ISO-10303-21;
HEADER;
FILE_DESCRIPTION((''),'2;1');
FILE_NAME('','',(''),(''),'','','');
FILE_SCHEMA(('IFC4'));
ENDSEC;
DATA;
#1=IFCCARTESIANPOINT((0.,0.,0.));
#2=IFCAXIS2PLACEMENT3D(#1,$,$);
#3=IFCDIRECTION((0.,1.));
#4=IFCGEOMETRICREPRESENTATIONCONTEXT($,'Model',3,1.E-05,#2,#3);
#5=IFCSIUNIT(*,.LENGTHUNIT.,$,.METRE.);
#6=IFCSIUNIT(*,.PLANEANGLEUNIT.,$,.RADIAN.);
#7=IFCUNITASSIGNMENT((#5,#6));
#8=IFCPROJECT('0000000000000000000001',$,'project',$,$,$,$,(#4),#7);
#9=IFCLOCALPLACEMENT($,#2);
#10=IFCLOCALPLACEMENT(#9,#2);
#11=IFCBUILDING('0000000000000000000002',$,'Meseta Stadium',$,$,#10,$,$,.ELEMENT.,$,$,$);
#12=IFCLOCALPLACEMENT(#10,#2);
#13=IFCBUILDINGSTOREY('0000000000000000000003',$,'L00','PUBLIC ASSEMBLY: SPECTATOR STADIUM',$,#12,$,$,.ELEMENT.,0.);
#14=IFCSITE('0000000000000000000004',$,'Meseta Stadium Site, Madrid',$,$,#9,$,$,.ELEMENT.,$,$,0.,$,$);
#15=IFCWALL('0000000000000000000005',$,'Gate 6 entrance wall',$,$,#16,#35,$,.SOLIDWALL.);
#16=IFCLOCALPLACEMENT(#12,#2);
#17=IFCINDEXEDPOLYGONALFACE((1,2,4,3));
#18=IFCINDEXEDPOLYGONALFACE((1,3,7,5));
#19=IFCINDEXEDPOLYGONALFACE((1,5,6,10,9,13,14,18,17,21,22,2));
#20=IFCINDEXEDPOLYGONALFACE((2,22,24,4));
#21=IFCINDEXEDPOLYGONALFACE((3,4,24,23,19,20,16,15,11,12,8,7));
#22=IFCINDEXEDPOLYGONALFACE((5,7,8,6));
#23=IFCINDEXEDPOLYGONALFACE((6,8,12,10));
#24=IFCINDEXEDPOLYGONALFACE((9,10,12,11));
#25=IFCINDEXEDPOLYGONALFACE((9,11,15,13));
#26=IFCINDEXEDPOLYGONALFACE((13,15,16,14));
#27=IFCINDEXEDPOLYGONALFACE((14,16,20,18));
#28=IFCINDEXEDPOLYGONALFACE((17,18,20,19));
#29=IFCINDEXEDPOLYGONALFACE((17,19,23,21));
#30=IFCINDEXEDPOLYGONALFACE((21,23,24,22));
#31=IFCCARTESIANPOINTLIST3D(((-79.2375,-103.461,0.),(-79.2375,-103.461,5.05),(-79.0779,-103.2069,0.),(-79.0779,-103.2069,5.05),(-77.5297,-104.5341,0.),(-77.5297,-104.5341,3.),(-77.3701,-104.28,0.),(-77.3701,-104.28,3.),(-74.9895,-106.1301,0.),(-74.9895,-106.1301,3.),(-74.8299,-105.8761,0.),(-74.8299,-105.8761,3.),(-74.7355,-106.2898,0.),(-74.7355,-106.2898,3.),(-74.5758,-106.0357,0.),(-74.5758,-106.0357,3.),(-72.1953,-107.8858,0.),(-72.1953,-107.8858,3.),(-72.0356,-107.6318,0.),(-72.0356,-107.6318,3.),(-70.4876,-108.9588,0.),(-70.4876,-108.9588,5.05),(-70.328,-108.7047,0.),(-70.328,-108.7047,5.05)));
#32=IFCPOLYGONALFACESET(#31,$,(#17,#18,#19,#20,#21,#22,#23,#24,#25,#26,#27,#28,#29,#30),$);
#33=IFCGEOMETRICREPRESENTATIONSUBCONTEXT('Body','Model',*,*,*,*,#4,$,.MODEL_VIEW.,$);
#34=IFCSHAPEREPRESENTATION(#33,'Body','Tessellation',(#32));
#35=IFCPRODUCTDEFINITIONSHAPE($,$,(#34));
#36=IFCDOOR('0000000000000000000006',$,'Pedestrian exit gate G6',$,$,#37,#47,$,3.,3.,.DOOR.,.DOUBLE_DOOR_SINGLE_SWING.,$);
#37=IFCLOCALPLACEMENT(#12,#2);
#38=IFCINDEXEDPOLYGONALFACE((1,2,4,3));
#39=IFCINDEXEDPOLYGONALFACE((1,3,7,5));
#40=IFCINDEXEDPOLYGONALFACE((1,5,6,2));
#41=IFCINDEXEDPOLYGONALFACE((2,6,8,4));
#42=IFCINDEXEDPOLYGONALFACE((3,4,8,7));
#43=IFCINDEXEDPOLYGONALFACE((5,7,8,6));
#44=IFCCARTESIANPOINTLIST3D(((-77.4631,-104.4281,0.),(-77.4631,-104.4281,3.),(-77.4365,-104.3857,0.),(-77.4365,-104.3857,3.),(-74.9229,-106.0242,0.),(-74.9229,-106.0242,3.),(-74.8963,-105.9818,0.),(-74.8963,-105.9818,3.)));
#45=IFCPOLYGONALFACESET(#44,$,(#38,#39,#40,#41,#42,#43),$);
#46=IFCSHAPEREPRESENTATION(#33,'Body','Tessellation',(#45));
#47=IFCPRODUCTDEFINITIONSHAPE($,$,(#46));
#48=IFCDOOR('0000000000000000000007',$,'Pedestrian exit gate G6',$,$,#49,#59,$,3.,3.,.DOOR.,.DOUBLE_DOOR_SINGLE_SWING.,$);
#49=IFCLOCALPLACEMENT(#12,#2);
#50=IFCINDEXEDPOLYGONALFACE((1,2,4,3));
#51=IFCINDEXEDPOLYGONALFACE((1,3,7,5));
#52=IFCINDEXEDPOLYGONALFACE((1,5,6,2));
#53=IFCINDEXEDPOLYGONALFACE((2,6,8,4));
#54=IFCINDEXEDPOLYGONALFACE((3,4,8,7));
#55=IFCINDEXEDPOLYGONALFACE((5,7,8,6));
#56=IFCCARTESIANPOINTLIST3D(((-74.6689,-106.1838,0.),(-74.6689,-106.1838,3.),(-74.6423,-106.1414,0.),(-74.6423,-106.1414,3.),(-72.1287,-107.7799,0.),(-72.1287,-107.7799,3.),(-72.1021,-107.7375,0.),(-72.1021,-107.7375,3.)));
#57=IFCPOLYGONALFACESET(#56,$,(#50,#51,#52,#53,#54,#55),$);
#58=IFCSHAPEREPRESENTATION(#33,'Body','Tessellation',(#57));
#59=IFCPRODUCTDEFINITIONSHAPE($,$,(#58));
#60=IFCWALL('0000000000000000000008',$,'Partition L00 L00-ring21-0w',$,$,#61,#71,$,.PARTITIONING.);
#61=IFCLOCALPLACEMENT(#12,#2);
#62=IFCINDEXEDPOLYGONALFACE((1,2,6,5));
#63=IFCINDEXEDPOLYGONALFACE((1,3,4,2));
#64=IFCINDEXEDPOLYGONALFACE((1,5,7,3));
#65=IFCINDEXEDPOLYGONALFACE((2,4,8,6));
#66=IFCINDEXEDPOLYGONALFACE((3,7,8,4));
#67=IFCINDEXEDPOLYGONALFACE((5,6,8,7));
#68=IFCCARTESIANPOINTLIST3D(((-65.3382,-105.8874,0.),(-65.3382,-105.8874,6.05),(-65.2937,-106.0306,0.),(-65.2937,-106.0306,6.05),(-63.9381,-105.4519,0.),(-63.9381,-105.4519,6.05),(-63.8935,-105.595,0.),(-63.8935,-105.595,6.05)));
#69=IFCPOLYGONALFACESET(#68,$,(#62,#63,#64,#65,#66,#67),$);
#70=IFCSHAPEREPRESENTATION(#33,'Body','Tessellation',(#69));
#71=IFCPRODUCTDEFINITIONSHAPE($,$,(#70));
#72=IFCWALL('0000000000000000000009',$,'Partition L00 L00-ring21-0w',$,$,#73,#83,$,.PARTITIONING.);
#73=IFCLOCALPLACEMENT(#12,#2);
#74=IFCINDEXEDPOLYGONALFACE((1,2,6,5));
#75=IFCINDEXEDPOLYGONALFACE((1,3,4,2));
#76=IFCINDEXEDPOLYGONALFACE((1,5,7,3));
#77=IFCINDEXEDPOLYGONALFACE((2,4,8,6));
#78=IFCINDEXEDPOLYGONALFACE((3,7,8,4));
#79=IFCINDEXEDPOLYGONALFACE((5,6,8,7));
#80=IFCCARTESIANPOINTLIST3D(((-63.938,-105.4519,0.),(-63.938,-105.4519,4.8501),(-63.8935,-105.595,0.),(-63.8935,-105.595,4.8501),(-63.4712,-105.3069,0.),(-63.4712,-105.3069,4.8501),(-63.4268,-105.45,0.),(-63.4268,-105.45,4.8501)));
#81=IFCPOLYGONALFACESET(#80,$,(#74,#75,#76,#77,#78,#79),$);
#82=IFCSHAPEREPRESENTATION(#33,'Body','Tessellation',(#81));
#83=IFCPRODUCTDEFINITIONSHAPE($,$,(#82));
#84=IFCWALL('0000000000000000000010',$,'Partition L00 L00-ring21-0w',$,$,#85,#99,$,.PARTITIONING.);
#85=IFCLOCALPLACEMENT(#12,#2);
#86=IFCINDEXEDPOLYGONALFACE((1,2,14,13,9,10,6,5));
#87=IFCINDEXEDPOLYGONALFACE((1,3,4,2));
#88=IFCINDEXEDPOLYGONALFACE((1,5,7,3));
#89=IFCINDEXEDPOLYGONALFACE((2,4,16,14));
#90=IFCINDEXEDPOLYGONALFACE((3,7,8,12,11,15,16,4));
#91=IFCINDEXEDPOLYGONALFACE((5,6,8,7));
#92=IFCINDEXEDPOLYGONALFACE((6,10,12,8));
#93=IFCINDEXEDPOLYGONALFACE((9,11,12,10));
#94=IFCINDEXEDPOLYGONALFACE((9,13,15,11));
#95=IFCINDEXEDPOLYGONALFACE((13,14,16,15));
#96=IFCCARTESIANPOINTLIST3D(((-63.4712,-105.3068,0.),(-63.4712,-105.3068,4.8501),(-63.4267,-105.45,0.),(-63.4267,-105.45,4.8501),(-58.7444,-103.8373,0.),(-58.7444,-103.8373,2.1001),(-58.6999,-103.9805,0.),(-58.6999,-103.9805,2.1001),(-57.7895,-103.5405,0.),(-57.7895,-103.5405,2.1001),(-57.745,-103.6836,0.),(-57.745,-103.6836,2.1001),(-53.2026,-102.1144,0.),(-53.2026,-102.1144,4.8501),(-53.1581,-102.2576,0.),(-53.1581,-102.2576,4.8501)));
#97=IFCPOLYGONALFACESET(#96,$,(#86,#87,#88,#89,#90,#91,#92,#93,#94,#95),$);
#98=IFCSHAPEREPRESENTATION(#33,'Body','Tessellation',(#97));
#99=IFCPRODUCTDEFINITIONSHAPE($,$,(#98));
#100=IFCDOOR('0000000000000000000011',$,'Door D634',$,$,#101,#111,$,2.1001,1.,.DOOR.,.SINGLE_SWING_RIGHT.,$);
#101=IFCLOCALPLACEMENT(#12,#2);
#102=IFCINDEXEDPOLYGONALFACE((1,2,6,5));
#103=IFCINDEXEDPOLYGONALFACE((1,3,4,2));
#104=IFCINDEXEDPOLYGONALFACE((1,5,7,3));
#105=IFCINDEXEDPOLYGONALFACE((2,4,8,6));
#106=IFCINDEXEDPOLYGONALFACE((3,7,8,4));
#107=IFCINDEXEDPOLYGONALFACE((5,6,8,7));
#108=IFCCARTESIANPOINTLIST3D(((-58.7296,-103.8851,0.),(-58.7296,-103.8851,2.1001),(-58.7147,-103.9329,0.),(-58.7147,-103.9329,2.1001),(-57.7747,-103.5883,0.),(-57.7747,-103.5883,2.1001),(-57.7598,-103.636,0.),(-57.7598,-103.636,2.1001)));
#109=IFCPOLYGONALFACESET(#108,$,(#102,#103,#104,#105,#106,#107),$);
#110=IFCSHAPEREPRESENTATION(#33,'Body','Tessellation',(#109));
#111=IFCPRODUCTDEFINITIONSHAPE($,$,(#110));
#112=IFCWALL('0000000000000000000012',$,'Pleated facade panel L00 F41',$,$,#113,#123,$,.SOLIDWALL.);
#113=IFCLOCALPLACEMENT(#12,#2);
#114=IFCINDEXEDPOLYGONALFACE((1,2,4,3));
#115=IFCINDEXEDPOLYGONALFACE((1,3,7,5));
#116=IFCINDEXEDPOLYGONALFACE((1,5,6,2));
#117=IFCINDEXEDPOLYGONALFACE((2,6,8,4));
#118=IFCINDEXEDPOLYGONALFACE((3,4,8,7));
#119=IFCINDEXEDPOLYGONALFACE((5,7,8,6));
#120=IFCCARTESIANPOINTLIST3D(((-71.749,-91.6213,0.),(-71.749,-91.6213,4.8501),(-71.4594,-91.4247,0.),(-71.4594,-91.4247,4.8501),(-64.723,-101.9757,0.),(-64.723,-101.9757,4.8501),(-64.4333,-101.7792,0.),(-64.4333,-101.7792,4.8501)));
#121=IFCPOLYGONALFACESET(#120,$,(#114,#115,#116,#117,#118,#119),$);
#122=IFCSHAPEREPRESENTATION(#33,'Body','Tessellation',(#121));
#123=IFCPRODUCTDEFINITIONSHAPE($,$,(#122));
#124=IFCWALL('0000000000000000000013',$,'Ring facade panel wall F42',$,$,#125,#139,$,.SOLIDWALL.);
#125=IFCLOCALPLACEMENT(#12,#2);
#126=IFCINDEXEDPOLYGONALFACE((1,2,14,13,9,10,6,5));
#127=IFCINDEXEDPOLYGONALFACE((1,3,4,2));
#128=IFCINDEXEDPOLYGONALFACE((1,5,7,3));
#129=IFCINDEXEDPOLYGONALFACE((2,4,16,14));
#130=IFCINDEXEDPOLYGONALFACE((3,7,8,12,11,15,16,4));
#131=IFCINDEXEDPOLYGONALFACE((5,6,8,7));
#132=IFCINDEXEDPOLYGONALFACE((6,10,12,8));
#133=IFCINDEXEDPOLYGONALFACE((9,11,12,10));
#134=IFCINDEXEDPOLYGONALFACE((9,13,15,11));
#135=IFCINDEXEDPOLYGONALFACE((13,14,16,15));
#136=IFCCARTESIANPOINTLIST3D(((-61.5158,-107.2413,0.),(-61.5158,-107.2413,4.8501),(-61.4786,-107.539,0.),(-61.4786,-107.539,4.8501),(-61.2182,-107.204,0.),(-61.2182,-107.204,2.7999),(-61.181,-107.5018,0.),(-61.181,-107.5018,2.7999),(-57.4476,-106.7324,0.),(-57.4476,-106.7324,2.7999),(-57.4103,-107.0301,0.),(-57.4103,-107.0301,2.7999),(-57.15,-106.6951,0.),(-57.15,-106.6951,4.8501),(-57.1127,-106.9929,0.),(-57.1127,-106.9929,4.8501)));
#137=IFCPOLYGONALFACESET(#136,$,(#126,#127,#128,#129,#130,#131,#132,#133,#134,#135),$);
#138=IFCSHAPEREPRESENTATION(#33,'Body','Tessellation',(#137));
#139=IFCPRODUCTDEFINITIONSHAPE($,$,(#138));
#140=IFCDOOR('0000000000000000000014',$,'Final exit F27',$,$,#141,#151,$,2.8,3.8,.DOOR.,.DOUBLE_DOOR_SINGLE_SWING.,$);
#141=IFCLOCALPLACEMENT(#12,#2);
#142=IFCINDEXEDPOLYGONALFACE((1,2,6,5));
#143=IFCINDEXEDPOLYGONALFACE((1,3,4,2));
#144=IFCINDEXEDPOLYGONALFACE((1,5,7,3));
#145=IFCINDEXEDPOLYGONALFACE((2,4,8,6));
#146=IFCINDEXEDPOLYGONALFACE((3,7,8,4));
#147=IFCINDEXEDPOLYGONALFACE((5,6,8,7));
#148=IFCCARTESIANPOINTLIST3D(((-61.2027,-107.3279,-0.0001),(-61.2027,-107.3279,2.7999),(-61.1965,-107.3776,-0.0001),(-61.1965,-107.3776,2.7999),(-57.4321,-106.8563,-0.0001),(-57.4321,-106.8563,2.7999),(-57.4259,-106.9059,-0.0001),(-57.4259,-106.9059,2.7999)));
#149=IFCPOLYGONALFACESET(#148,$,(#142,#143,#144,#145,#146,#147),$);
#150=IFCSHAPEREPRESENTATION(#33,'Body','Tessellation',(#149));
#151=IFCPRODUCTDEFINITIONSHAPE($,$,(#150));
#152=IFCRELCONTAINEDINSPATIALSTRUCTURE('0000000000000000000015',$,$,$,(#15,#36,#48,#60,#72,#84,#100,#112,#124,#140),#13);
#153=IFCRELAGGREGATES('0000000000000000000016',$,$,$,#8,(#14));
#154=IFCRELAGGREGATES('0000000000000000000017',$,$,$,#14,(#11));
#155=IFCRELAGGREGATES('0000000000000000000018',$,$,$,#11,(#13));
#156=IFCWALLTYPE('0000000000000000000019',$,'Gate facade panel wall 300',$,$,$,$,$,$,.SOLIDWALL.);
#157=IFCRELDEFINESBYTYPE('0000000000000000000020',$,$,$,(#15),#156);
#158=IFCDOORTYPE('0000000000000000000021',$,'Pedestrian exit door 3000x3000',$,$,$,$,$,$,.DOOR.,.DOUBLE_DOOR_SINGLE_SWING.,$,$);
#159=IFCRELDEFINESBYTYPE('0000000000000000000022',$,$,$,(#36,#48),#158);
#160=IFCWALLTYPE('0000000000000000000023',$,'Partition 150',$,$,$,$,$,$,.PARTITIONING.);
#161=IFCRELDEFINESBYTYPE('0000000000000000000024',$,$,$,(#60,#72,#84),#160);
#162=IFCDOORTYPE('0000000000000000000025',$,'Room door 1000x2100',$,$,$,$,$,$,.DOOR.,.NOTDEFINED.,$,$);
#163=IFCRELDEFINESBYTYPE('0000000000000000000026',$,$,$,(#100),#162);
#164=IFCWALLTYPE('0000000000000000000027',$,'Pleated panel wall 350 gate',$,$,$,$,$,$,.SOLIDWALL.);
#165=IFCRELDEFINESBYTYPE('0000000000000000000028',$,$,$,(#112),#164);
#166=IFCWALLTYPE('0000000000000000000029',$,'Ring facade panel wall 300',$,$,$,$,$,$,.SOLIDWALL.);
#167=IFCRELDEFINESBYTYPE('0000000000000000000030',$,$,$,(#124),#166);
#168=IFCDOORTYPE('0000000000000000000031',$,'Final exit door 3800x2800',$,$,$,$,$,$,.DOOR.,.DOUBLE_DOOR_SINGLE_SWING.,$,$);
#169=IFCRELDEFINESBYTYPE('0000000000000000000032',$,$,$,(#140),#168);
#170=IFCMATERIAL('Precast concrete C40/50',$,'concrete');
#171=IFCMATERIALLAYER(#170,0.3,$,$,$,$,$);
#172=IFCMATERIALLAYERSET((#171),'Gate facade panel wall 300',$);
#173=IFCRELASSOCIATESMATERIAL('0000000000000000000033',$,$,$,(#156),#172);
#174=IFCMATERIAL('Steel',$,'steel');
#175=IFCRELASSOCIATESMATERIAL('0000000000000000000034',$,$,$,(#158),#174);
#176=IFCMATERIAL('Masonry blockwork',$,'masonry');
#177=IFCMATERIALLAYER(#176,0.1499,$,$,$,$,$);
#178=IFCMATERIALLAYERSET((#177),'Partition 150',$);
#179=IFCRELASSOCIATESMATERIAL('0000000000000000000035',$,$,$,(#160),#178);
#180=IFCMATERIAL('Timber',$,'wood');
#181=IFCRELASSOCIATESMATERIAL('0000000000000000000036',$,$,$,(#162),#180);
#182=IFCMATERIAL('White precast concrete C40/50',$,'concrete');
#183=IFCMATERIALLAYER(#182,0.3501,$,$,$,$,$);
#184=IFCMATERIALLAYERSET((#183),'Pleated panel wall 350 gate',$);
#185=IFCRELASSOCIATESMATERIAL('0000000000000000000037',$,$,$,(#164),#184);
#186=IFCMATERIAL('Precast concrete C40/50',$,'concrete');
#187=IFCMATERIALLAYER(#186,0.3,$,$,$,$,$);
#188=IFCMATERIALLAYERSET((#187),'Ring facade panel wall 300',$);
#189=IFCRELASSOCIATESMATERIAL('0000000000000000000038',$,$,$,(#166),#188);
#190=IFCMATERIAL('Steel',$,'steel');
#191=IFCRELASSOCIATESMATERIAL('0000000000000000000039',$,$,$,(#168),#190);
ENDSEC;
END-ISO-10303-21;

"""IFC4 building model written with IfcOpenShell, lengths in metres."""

from ifc_helpers import new_model, si_unit, direction, frame, frame_2d, origin, place, context, subcontext, project, spatial, rectangle, extrude, material, layer, layer_set, type_object, element, fill, save


model = new_model("IFC4")

# Units and contexts
model_context = context("Model", 3, precision=1e-05, world=origin(), true_north=direction((0.0, 1.0)))
body_context = subcontext(model_context, "Body", "Model", "MODEL_VIEW")
ifc_project = project(units=[si_unit("LENGTHUNIT", "METRE"), si_unit("PLANEANGLEUNIT", "RADIAN")], contexts=[model_context])

# Site, building, storey
site_placement = place(None, origin())
site = spatial("IfcSite", under=ifc_project, at=site_placement, Name="Meseta Stadium Site, Madrid", CompositionType="ELEMENT", RefElevation=0.0)
building_placement = place(site_placement, origin())
building = spatial("IfcBuilding", under=site, at=building_placement, Name="Meseta Stadium", CompositionType="ELEMENT")
storey_placement = place(building_placement, origin())
storey = spatial("IfcBuildingStorey", under=building, at=storey_placement, Name="L00", Description="PUBLIC ASSEMBLY: SPECTATOR STADIUM", CompositionType="ELEMENT", Elevation=0.0)

# Wall, openings, doors
ifc_material_1 = material(Name="Precast concrete C40/50", Category="concrete")
ifc_layer_1 = layer(ifc_material_1, 0.3)
ifc_layer_set_1 = layer_set([ifc_layer_1], Name="Gate facade panel wall 300")
wall_type_1 = type_object("IfcWallType", Name="Gate facade panel wall 300", PredefinedType="SOLIDWALL", material=ifc_layer_set_1)
wall_1_placement = place(storey_placement, frame((-70.4077, -108.8318, 0.0), z_axis=(0.0, 0.0, 1.0), x_axis=(-0.846732, 0.532019, 0.0)))
wall_1 = element("IfcWall", 1, at=wall_1_placement, inside=storey, type_object=wall_type_1, Name="Gate 6 entrance wall", PredefinedType="SOLIDWALL", context=body_context, shape_type="SweptSolid", body=[
    extrude(rectangle(XDim=10.3337, YDim=0.3, at=frame_2d((5.167, 0.0))), origin(), (0.0, 0.0, 1.0), 5.05),
])
opening_1_placement = place(wall_1_placement, frame((5.3169, 0.0, 0.0)))
opening_1 = element("IfcOpeningElement", 2, at=opening_1_placement, cuts=wall_1, PredefinedType="OPENING", context=body_context, shape_type="SweptSolid", body=[
    extrude(rectangle(XDim=3.0, YDim=3.0, at=frame_2d((1.5, 1.5))), frame((0.0, 0.1599, 0.0), z_axis=(0.0, -1.0, 0.0), x_axis=(1.0, 0.0, 0.0)), (0.0, 0.0, 1.0), 0.3201),
])
opening_2_placement = place(wall_1_placement, frame((2.0168, 0.0, 0.0)))
opening_2 = element("IfcOpeningElement", 3, at=opening_2_placement, cuts=wall_1, PredefinedType="OPENING", context=body_context, shape_type="SweptSolid", body=[
    extrude(rectangle(XDim=3.0, YDim=3.0, at=frame_2d((1.5, 1.5))), frame((0.0, 0.1599, 0.0), z_axis=(0.0, -1.0, 0.0), x_axis=(1.0, 0.0, 0.0)), (0.0, 0.0, 1.0), 0.3201),
])
ifc_material_2 = material(Name="Steel", Category="steel")
door_type_1 = type_object("IfcDoorType", Name="Pedestrian exit door 3000x3000", OperationType="DOUBLE_DOOR_SINGLE_SWING", PredefinedType="DOOR", material=ifc_material_2)
door_1_placement = place(opening_1_placement, origin())
door_1 = element("IfcDoor", 4, at=door_1_placement, inside=storey, type_object=door_type_1, Name="Pedestrian exit gate G6", OperationType="DOUBLE_DOOR_SINGLE_SWING", OverallHeight=3.0, OverallWidth=3.0, PredefinedType="DOOR", context=body_context, shape_type="SweptSolid", body=[
    extrude(rectangle(XDim=3.0, YDim=3.0, at=frame_2d((1.5, 1.5))), frame((0.0, 0.0249, 0.0), z_axis=(0.0, -1.0, 0.0), x_axis=(1.0, 0.0, 0.0)), (0.0, 0.0, 1.0), 0.05),
])
fill(opening_1, door_1)
door_2_placement = place(opening_2_placement, origin())
door_2 = element("IfcDoor", 5, at=door_2_placement, inside=storey, type_object=door_type_1, Name="Pedestrian exit gate G6", OperationType="DOUBLE_DOOR_SINGLE_SWING", OverallHeight=3.0, OverallWidth=3.0, PredefinedType="DOOR", context=body_context, shape_type="SweptSolid", body=[
    extrude(rectangle(XDim=3.0, YDim=3.0, at=frame_2d((1.5, 1.5))), frame((0.0, 0.0249, 0.0), z_axis=(0.0, -1.0, 0.0), x_axis=(1.0, 0.0, 0.0)), (0.0, 0.0, 1.0), 0.05),
])
fill(opening_2, door_2)

# Walls
ifc_material_3 = material(Name="Masonry blockwork", Category="masonry")
ifc_layer_2 = layer(ifc_material_3, 0.1499)
ifc_layer_set_2 = layer_set([ifc_layer_2], Name="Partition 150")
wall_type_2 = type_object("IfcWallType", Name="Partition 150", PredefinedType="PARTITIONING", material=ifc_layer_set_2)
wall_2_placement = place(storey_placement, frame((-65.3159, -105.959, 0.0), z_axis=(0.0, 0.0, 1.0), x_axis=(0.954867, 0.297033, 0.0)))
element("IfcWall", 6, at=wall_2_placement, inside=storey, type_object=wall_type_2, Name="Partition L00 L00-ring21-0w", PredefinedType="PARTITIONING", context=body_context, shape_type="SweptSolid", body=[
    extrude(rectangle(XDim=1.4663, YDim=0.1499, at=frame_2d((0.7332, 0.0))), origin(), (0.0, 0.0, 1.0), 6.05),
])
wall_3_placement = place(storey_placement, frame((-63.9158, -105.5234, 0.0), z_axis=(0.0, 0.0, 1.0), x_axis=(0.954976, 0.296682, 0.0)))
element("IfcWall", 7, at=wall_3_placement, inside=storey, type_object=wall_type_2, Name="Partition L00 L00-ring21-0w", PredefinedType="PARTITIONING", context=body_context, shape_type="SweptSolid", body=[
    extrude(rectangle(XDim=0.4888, YDim=0.1499, at=frame_2d((0.2444, 0.0))), origin(), (0.0, 0.0, 1.0), 4.8501),
])

# Wall, opening, door
wall_4_placement = place(storey_placement, frame((-63.449, -105.3784, 0.0), z_axis=(0.0, 0.0, 1.0), x_axis=(0.954917, 0.296873, 0.0)))
wall_4 = element("IfcWall", 8, at=wall_4_placement, inside=storey, type_object=wall_type_2, Name="Partition L00 L00-ring21-0w", PredefinedType="PARTITIONING", context=body_context, shape_type="SweptSolid", body=[
    extrude(rectangle(XDim=10.7534, YDim=0.1499, at=frame_2d((5.3767, 0.0))), origin(), (0.0, 0.0, 1.0), 4.8501),
])
opening_3_placement = place(wall_4_placement, frame((4.95, 0.0, 0.0)))
opening_3 = element("IfcOpeningElement", 9, at=opening_3_placement, cuts=wall_4, PredefinedType="OPENING", context=body_context, shape_type="SweptSolid", body=[
    extrude(rectangle(XDim=1.0, YDim=2.1001, at=frame_2d((0.5, 1.05))), frame((0.0, 0.085, 0.0), z_axis=(0.0, -1.0, 0.0), x_axis=(1.0, 0.0, 0.0)), (0.0, 0.0, 1.0), 0.1699),
])
ifc_material_4 = material(Name="Timber", Category="wood")
door_type_2 = type_object("IfcDoorType", Name="Room door 1000x2100", OperationType="NOTDEFINED", PredefinedType="DOOR", material=ifc_material_4)
door_3_placement = place(opening_3_placement, origin())
door_3 = element("IfcDoor", 10, at=door_3_placement, inside=storey, type_object=door_type_2, Name="Door D634", OperationType="SINGLE_SWING_RIGHT", OverallHeight=2.1001, OverallWidth=1.0, PredefinedType="DOOR", context=body_context, shape_type="SweptSolid", body=[
    extrude(rectangle(XDim=1.0, YDim=2.1001, at=frame_2d((0.5, 1.05))), frame((0.0, 0.0249, 0.0), z_axis=(0.0, -1.0, 0.0), x_axis=(1.0, 0.0, 0.0)), (0.0, 0.0, 1.0), 0.05),
])
fill(opening_3, door_3)

# Wall
ifc_material_5 = material(Name="White precast concrete C40/50", Category="concrete")
ifc_layer_3 = layer(ifc_material_5, 0.3501)
ifc_layer_set_3 = layer_set([ifc_layer_3], Name="Pleated panel wall 350 gate")
wall_type_3 = type_object("IfcWallType", Name="Pleated panel wall 350 gate", PredefinedType="SOLIDWALL", material=ifc_layer_set_3)
wall_5_placement = place(storey_placement, frame((-64.5781, -101.8774, 0.0), z_axis=(0.0, 0.0, 1.0), x_axis=(-0.561494, 0.827481, 0.0)))
element("IfcWall", 11, at=wall_5_placement, inside=storey, type_object=wall_type_3, Name="Pleated facade panel L00 F41", PredefinedType="SOLIDWALL", context=body_context, shape_type="SweptSolid", body=[
    extrude(rectangle(XDim=12.5132, YDim=0.3501, at=frame_2d((6.2566, 0.0))), origin(), (0.0, 0.0, 1.0), 4.8501),
])

# Wall, opening, door
ifc_material_6 = material(Name="Precast concrete C40/50", Category="concrete")
ifc_layer_4 = layer(ifc_material_6, 0.3)
ifc_layer_set_4 = layer_set([ifc_layer_4], Name="Ring facade panel wall 300")
wall_type_4 = type_object("IfcWallType", Name="Ring facade panel wall 300", PredefinedType="SOLIDWALL", material=ifc_layer_set_4)
wall_6_placement = place(storey_placement, frame((-57.1313, -106.844, 0.0), z_axis=(0.0, 0.0, 1.0), x_axis=(-0.992267, -0.124124, 0.0)))
wall_6 = element("IfcWall", 12, at=wall_6_placement, inside=storey, type_object=wall_type_4, Name="Ring facade panel wall F42", PredefinedType="SOLIDWALL", context=body_context, shape_type="SweptSolid", body=[
    extrude(rectangle(XDim=4.3999, YDim=0.3, at=frame_2d((2.2, 0.0))), origin(), (0.0, 0.0, 1.0), 4.8501),
])
opening_4_placement = place(wall_6_placement, frame((0.3, 0.0, 0.0)))
opening_4 = element("IfcOpeningElement", 13, at=opening_4_placement, cuts=wall_6, PredefinedType="OPENING", context=body_context, shape_type="SweptSolid", body=[
    extrude(rectangle(XDim=3.8, YDim=2.8, at=frame_2d((1.8999, 1.3999))), frame((0.0, 0.1599, 0.0), z_axis=(0.0, -1.0, 0.0), x_axis=(1.0, 0.0, 0.0)), (0.0, 0.0, 1.0), 0.3201),
])
ifc_material_7 = material(Name="Steel", Category="steel")
door_type_3 = type_object("IfcDoorType", Name="Final exit door 3800x2800", OperationType="DOUBLE_DOOR_SINGLE_SWING", PredefinedType="DOOR", material=ifc_material_7)
door_4_placement = place(opening_4_placement, origin())
door_4 = element("IfcDoor", 14, at=door_4_placement, inside=storey, type_object=door_type_3, Name="Final exit F27", OperationType="DOUBLE_DOOR_SINGLE_SWING", OverallHeight=2.8, OverallWidth=3.8, PredefinedType="DOOR", context=body_context, shape_type="SweptSolid", body=[
    extrude(rectangle(XDim=3.8, YDim=2.8, at=frame_2d((1.8999, 1.3999))), frame((0.0, 0.0249, 0.0), z_axis=(0.0, -1.0, 0.0), x_axis=(1.0, 0.0, 0.0)), (0.0, 0.0, 1.0), 0.05),
])
fill(opening_4, door_4)

save(model, "model.ifc")
